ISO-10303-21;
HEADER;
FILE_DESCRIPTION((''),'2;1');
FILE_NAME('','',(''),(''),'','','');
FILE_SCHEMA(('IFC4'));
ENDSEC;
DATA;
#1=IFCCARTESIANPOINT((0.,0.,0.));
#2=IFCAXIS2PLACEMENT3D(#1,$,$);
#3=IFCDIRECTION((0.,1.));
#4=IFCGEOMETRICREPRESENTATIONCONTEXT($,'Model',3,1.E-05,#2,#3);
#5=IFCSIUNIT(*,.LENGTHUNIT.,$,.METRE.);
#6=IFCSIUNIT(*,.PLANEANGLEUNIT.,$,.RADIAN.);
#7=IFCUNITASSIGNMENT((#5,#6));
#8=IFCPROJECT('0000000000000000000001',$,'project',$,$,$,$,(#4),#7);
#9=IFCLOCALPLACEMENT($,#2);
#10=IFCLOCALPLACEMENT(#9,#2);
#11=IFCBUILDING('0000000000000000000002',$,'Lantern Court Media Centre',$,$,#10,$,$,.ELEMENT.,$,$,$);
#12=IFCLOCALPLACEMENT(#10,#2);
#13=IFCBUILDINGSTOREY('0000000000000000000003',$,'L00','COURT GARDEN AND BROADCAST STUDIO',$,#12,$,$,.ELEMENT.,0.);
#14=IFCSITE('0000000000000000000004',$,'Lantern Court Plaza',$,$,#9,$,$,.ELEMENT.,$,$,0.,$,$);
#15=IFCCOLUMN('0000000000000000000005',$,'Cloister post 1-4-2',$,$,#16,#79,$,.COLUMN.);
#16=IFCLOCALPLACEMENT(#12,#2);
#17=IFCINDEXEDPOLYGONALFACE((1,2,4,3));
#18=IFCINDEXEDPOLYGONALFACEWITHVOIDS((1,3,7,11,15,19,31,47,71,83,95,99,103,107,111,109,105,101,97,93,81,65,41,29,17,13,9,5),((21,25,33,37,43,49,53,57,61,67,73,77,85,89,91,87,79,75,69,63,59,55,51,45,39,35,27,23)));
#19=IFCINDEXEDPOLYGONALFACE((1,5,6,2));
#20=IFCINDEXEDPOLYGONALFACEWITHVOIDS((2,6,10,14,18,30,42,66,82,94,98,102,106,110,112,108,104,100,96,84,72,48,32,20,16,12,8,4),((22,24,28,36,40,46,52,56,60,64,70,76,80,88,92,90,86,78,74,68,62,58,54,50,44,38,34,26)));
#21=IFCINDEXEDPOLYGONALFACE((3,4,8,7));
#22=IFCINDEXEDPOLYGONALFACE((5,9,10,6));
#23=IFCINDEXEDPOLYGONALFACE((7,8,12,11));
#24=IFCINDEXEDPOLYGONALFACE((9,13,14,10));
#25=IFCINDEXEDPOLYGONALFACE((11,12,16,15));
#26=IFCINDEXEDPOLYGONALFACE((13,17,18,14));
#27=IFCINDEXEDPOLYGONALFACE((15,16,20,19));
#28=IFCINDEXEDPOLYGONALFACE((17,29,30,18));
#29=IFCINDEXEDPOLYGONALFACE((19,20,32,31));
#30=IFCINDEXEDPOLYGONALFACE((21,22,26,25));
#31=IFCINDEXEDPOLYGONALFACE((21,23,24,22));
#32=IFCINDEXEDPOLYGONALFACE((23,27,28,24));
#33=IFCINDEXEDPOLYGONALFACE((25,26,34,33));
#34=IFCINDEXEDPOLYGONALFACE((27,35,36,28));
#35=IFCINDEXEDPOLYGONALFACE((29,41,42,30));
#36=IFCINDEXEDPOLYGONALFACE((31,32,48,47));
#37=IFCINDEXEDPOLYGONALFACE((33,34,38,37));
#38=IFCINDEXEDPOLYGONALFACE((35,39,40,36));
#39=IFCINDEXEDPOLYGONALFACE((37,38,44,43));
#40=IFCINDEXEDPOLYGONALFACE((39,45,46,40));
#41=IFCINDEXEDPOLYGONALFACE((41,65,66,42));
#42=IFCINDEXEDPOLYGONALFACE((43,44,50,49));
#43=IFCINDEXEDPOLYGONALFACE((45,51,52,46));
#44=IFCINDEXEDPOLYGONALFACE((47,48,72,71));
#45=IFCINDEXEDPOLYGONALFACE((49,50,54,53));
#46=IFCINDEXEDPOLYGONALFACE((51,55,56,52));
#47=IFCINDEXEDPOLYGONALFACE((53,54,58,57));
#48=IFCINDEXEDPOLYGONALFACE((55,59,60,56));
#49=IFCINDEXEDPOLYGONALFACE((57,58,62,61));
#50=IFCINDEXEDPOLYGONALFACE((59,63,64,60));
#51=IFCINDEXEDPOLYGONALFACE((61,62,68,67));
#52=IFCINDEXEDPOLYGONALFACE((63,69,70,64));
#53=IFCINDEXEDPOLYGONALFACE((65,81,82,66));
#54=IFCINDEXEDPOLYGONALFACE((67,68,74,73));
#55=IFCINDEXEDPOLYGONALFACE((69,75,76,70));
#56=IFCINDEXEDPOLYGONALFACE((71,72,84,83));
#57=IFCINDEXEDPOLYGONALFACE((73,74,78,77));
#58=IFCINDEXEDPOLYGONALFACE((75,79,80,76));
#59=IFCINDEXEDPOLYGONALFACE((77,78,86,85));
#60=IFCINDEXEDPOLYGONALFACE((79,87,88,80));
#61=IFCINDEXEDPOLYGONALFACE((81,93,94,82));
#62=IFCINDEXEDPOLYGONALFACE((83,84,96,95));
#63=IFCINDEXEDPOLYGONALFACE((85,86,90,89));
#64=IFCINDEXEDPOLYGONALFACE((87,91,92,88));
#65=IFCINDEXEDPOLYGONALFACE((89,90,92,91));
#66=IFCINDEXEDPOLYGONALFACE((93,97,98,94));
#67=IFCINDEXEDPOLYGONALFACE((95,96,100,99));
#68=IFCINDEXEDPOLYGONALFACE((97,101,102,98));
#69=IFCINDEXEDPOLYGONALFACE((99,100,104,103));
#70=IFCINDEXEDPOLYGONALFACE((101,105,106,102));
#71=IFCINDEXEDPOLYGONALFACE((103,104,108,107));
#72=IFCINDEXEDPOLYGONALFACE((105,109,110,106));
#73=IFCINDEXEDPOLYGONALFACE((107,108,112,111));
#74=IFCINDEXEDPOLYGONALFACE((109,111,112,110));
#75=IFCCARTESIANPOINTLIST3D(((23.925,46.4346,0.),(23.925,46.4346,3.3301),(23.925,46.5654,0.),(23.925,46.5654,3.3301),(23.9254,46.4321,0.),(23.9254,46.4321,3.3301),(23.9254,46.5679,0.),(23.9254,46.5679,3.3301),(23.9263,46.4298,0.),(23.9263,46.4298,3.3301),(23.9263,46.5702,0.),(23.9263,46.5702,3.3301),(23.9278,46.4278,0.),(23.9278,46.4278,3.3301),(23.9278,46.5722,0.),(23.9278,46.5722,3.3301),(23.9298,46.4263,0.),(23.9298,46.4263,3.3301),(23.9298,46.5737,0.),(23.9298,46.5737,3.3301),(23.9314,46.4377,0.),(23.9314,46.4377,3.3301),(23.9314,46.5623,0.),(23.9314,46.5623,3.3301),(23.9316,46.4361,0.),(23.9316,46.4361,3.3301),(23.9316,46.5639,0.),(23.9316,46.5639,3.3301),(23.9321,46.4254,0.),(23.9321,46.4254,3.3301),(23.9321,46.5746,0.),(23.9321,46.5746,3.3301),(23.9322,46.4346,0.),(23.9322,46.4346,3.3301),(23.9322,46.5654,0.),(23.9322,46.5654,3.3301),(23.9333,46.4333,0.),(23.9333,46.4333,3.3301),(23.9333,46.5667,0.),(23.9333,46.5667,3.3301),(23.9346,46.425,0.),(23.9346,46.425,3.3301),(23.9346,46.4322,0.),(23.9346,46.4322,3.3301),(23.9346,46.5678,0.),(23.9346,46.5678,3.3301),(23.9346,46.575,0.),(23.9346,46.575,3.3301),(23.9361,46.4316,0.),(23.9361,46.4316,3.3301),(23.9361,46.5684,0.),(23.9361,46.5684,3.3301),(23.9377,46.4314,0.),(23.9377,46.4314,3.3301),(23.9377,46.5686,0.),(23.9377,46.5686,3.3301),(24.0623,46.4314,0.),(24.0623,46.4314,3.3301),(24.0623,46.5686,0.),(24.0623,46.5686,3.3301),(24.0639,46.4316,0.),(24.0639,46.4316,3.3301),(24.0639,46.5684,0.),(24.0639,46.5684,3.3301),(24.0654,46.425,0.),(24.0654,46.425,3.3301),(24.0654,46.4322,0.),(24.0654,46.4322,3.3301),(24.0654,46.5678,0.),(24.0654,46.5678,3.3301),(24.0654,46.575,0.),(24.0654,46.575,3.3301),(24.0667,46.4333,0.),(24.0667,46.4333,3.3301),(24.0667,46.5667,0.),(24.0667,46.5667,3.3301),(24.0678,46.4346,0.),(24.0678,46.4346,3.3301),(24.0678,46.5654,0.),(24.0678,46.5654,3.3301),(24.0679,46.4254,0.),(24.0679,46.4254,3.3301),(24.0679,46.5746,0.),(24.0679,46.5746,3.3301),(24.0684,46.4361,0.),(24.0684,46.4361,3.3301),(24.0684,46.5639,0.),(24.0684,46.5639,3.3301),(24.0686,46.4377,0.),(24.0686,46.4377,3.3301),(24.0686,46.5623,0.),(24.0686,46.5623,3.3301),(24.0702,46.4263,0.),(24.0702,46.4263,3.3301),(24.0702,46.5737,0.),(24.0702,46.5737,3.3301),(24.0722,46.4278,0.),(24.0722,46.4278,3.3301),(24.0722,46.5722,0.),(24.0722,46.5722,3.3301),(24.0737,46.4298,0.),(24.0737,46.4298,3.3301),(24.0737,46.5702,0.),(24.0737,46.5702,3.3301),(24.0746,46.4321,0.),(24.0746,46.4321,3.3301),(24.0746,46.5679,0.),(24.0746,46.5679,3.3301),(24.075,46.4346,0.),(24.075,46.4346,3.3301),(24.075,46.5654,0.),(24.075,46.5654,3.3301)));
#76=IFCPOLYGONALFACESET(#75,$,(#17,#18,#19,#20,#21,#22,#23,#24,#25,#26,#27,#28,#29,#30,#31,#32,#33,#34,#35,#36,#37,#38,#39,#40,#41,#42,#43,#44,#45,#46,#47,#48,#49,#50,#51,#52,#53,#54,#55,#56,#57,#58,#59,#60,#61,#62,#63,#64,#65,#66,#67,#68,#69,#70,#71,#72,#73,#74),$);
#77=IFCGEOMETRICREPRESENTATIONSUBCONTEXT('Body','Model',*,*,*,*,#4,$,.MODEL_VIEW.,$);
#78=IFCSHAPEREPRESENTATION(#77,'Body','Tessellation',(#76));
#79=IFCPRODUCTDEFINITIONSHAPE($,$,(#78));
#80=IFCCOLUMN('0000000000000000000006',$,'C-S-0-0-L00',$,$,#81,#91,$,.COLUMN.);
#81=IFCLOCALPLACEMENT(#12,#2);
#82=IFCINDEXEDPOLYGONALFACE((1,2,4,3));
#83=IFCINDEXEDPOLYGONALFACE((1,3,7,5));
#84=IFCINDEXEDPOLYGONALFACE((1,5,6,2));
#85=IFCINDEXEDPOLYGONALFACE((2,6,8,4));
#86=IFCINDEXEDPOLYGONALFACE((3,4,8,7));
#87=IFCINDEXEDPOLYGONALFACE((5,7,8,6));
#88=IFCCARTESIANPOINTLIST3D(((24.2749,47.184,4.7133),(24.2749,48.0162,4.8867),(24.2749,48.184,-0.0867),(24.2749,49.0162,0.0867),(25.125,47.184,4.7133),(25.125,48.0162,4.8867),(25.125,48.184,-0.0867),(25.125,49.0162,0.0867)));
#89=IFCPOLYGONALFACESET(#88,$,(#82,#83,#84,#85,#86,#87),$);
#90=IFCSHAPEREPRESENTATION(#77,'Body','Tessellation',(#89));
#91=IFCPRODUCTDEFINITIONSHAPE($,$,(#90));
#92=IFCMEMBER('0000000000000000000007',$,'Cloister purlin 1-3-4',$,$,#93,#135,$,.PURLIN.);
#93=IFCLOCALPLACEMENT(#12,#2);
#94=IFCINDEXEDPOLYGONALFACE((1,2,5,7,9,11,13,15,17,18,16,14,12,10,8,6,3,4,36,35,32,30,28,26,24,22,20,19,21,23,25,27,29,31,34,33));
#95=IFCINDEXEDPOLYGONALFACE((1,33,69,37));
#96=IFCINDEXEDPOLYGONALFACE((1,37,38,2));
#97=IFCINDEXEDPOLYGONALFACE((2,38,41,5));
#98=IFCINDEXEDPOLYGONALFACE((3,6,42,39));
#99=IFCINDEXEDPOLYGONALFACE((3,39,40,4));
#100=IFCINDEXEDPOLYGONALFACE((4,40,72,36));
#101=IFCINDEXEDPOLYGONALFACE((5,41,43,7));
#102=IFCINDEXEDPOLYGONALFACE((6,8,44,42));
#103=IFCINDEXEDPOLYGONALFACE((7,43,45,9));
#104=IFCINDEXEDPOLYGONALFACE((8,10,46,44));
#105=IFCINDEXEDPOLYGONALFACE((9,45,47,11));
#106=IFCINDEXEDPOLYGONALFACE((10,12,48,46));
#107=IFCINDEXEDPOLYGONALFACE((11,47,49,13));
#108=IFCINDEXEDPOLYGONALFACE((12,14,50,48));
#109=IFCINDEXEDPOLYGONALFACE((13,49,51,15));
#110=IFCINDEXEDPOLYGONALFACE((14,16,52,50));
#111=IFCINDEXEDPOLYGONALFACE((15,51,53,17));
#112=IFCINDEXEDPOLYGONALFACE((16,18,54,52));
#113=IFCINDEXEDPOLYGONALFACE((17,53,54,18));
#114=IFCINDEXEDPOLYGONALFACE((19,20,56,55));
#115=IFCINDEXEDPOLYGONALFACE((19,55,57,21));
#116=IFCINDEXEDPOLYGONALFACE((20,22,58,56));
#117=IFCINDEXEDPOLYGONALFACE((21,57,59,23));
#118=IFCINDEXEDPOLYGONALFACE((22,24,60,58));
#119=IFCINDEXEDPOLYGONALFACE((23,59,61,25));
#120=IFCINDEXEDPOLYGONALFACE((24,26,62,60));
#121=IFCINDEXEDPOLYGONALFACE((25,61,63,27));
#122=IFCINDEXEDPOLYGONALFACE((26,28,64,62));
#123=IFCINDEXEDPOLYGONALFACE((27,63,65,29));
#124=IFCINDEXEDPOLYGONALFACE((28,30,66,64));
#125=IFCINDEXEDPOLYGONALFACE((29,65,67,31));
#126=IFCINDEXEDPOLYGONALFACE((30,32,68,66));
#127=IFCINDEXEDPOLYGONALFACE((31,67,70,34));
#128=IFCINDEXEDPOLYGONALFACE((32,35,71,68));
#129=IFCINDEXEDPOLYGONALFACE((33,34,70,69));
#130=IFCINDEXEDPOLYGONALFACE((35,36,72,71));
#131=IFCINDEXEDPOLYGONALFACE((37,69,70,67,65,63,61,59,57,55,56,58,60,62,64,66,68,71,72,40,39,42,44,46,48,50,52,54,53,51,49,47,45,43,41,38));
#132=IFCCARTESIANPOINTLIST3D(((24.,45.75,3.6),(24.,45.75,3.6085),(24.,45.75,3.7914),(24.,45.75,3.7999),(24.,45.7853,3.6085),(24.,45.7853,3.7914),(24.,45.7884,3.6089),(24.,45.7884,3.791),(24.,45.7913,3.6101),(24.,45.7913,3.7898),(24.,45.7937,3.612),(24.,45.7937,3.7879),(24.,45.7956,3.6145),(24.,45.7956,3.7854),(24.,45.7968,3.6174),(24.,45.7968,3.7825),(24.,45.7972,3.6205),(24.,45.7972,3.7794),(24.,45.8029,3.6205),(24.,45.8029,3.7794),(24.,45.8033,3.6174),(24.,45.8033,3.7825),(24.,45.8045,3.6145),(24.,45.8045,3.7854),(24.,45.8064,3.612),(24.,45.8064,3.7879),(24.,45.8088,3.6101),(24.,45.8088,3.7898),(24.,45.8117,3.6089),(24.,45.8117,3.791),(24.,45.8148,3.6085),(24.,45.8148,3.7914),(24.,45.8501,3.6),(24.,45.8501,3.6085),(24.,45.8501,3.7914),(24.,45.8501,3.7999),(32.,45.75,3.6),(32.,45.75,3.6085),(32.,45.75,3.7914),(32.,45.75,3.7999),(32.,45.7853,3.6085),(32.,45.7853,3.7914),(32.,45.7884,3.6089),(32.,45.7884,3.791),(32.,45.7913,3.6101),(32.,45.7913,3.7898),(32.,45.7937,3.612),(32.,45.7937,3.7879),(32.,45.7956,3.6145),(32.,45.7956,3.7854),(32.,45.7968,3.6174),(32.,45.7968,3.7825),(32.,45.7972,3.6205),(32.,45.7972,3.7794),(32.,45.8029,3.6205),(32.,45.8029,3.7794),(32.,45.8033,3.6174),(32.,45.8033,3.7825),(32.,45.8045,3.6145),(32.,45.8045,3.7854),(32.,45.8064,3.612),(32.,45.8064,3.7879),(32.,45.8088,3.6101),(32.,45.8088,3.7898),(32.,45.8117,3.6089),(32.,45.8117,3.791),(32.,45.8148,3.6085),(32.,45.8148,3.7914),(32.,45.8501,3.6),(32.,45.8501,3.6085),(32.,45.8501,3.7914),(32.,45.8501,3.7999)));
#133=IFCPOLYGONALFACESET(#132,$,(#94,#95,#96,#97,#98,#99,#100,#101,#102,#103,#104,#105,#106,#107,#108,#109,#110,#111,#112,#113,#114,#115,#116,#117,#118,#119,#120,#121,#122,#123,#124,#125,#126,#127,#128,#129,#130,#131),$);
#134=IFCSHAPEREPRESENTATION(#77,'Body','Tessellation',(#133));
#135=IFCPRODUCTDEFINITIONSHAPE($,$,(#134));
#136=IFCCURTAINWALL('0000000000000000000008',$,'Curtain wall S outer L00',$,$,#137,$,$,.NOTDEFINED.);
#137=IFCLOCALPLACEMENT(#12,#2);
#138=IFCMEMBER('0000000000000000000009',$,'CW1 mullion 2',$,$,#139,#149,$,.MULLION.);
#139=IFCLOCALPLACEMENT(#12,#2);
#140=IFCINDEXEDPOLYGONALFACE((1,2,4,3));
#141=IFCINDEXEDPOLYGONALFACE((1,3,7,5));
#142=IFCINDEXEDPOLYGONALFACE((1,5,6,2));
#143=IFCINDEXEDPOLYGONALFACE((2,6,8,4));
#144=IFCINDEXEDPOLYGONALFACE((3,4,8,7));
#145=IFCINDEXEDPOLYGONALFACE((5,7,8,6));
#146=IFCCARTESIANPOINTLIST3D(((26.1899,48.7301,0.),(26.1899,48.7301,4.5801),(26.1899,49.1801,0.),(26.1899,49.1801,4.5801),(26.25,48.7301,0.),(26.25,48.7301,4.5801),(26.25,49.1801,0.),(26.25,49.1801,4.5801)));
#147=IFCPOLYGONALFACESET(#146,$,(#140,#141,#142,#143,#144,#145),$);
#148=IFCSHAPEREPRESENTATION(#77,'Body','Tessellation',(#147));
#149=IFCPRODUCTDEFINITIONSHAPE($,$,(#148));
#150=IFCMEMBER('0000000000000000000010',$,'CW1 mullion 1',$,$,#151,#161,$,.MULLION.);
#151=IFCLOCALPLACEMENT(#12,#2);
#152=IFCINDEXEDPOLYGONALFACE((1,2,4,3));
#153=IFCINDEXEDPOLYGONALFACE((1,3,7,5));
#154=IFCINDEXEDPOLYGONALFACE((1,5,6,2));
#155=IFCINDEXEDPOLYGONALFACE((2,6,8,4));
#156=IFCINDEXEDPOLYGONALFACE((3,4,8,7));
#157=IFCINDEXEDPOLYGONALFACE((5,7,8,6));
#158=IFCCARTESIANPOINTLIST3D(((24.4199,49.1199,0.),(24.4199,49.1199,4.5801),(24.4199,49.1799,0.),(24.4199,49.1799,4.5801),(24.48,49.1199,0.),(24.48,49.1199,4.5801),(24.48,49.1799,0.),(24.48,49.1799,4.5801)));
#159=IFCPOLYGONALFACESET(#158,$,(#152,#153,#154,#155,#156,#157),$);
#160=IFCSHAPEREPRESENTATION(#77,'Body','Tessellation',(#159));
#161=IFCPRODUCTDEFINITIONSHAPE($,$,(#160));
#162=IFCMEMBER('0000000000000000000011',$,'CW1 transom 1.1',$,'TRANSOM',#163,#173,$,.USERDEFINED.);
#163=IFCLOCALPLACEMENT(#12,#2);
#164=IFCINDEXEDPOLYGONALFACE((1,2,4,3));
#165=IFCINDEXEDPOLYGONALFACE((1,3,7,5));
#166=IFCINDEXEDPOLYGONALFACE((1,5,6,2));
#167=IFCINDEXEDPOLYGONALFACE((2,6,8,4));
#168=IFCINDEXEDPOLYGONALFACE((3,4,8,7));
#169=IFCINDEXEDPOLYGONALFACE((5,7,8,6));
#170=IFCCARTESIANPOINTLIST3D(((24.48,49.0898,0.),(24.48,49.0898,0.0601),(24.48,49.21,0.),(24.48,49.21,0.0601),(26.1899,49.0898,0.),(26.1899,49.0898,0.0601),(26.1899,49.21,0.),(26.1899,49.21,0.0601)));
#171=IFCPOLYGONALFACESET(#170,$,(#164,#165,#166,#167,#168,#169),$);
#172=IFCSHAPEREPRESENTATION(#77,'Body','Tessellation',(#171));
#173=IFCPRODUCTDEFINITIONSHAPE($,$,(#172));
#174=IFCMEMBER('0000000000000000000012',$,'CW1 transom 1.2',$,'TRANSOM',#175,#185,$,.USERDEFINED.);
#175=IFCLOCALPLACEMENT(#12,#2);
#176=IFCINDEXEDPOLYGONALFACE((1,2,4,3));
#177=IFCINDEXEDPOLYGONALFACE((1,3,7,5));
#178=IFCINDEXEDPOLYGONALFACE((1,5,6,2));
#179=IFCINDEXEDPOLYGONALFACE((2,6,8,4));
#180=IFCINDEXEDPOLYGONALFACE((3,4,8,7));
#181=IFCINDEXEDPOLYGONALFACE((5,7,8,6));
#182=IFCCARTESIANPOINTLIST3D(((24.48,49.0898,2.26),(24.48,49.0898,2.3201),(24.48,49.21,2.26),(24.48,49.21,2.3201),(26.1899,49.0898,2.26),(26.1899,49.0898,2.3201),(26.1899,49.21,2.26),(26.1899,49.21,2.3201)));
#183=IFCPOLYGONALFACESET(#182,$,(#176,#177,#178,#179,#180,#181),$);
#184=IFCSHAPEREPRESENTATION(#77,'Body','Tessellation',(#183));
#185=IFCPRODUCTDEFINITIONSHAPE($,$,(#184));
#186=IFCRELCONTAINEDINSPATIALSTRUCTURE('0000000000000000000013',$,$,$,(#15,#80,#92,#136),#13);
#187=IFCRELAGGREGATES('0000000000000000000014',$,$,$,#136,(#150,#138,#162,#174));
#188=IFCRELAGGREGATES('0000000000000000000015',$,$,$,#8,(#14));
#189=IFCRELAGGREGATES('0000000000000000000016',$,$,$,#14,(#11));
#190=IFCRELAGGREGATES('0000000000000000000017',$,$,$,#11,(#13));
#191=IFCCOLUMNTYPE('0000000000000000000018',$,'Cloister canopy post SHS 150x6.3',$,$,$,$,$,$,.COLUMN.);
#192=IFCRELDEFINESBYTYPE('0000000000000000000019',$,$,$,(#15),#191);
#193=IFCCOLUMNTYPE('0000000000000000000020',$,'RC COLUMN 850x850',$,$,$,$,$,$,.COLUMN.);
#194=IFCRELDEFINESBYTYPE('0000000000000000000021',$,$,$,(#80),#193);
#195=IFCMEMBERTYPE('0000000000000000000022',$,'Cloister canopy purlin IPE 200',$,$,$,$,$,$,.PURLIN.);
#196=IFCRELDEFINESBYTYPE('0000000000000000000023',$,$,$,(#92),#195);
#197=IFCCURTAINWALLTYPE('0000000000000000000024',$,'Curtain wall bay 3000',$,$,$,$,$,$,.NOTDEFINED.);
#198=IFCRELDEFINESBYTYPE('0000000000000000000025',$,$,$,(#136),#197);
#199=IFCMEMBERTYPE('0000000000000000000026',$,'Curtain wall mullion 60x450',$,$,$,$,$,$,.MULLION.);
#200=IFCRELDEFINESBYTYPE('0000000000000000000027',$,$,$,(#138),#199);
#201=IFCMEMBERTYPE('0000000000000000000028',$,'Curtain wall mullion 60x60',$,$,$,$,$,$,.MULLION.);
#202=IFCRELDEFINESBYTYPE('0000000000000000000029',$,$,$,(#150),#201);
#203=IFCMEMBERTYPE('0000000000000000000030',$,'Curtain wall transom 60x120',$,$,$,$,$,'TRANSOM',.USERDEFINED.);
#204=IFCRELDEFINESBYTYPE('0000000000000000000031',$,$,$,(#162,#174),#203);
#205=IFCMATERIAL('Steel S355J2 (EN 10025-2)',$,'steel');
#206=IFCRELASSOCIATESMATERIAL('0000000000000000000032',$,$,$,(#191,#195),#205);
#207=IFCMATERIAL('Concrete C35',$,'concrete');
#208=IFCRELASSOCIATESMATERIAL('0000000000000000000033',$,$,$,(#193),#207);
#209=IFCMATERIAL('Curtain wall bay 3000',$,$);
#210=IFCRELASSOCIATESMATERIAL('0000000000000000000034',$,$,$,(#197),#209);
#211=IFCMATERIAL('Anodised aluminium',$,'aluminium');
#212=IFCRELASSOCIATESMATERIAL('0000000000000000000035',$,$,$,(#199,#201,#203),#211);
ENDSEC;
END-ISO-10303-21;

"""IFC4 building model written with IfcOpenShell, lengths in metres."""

from ifc_helpers import new_model, si_unit, direction, frame, origin, origin_2d, place, context, subcontext, project, spatial, rectangle, hollow_rectangle, i_section, extrude, material, material_profile, profile_set, type_object, element, aggregate, save


model = new_model("IFC4")

# Units and contexts
model_context = context("Model", 3, precision=1e-05, world=origin(), true_north=direction((0.0, 1.0)))
body_context = subcontext(model_context, "Body", "Model", "MODEL_VIEW")
ifc_project = project(units=[si_unit("LENGTHUNIT", "METRE"), si_unit("PLANEANGLEUNIT", "RADIAN")], contexts=[model_context])

# Site, building, storey
site_placement = place(None, origin())
site = spatial("IfcSite", under=ifc_project, at=site_placement, Name="Lantern Court Plaza", CompositionType="ELEMENT", RefElevation=0.0)
building_placement = place(site_placement, origin())
building = spatial("IfcBuilding", under=site, at=building_placement, Name="Lantern Court Media Centre", CompositionType="ELEMENT")
storey_placement = place(building_placement, origin())
storey = spatial("IfcBuildingStorey", under=building, at=storey_placement, Name="L00", Description="COURT GARDEN AND BROADCAST STUDIO", CompositionType="ELEMENT", Elevation=0.0)

# Columns
ifc_material_1 = material(Name="Steel S355J2 (EN 10025-2)", Category="steel")
ifc_material_profile_1 = material_profile(ifc_material_1, hollow_rectangle(XDim=0.1499, YDim=0.1499, WallThickness=0.0063, InnerFilletRadius=0.0063, OuterFilletRadius=0.0095, at=origin_2d()), Name="Cloister canopy post SHS 150x6.3")
ifc_profile_set_1 = profile_set([ifc_material_profile_1], Name="Steel S355J2 (EN 10025-2)")
column_type_1 = type_object("IfcColumnType", Name="Cloister canopy post SHS 150x6.3", PredefinedType="COLUMN", material=ifc_profile_set_1)
column_1_placement = place(storey_placement, frame((24.0, 46.5, 0.0), z_axis=(0.0, 0.0, 1.0), x_axis=(1.0, 0.0, 0.0)))
element("IfcColumn", 1, at=column_1_placement, inside=storey, type_object=column_type_1, Name="Cloister post 1-4-2", PredefinedType="COLUMN", context=body_context, shape_type="SweptSolid", body=[
    extrude(hollow_rectangle(XDim=0.1499, YDim=0.1499, WallThickness=0.0063, InnerFilletRadius=0.0063, OuterFilletRadius=0.0095, at=origin_2d()), origin(), (0.0, 0.0, 1.0), 3.3301),
])
ifc_material_2 = material(Name="Concrete C35", Category="concrete")
ifc_material_profile_2 = material_profile(ifc_material_2, rectangle(XDim=0.8501, YDim=0.8501, at=origin_2d()), Name="RC 850x850")
ifc_profile_set_2 = profile_set([ifc_material_profile_2], Name="Concrete C35")
column_type_2 = type_object("IfcColumnType", Name="RC COLUMN 850x850", PredefinedType="COLUMN", material=ifc_profile_set_2)
column_2_placement = place(storey_placement, frame((24.7, 48.6001, 0.0), z_axis=(0.0, -0.203952, 0.978981), x_axis=(1.0, 0.0, 0.0)))
element("IfcColumn", 2, at=column_2_placement, inside=storey, type_object=column_type_2, Name="C-S-0-0-L00", PredefinedType="COLUMN", context=body_context, shape_type="SweptSolid", body=[
    extrude(rectangle(XDim=0.8501, YDim=0.8501, at=origin_2d()), origin(), (0.0, 0.0, 1.0), 4.9031),
])

# Member
ifc_material_profile_3 = material_profile(ifc_material_1, i_section(OverallWidth=0.1001, OverallDepth=0.2, WebThickness=0.0056, FlangeThickness=0.0085, FilletRadius=0.012, at=origin_2d()), Name="IPE 200")
ifc_profile_set_3 = profile_set([ifc_material_profile_3], Name="Steel S355J2 (EN 10025-2)")
member_type_1 = type_object("IfcMemberType", Name="Cloister canopy purlin IPE 200", PredefinedType="PURLIN", material=ifc_profile_set_3)
member_1_placement = place(storey_placement, frame((24.0, 45.8, 3.7), z_axis=(1.0, 0.0, 0.0), x_axis=(0.0, 1.0, 0.0)))
element("IfcMember", 3, at=member_1_placement, inside=storey, type_object=member_type_1, Name="Cloister purlin 1-3-4", PredefinedType="PURLIN", context=body_context, shape_type="SweptSolid", body=[
    extrude(i_section(OverallWidth=0.1001, OverallDepth=0.2, WebThickness=0.0056, FlangeThickness=0.0085, FilletRadius=0.012, at=origin_2d()), origin(), (0.0, 0.0, 1.0), 8.0),
])

# Curtain wall, members
ifc_material_3 = material(Name="Curtain wall bay 3000")
curtain_wall_type = type_object("IfcCurtainWallType", Name="Curtain wall bay 3000", PredefinedType="NOTDEFINED", material=ifc_material_3)
curtain_wall_placement = place(storey_placement, origin())
curtain_wall = element("IfcCurtainWall", 4, at=curtain_wall_placement, inside=storey, type_object=curtain_wall_type, Name="Curtain wall S outer L00", PredefinedType="NOTDEFINED")
ifc_material_4 = material(Name="Anodised aluminium", Category="aluminium")
ifc_material_profile_4 = material_profile(ifc_material_4, rectangle(XDim=0.45, YDim=0.0601, at=origin_2d()), Name="AL 60x450")
ifc_profile_set_4 = profile_set([ifc_material_profile_4], Name="Anodised aluminium")
member_type_2 = type_object("IfcMemberType", Name="Curtain wall mullion 60x450", PredefinedType="MULLION", material=ifc_profile_set_4)
member_2_placement = place(storey_placement, frame((26.22, 48.9551, 0.0), z_axis=(0.0, 0.0, 1.0), x_axis=(0.0, 1.0, 0.0)))
member_2 = element("IfcMember", 5, at=member_2_placement, type_object=member_type_2, Name="CW1 mullion 2", PredefinedType="MULLION", context=body_context, shape_type="SweptSolid", body=[
    extrude(rectangle(XDim=0.45, YDim=0.0601, at=origin_2d()), origin(), (0.0, 0.0, 1.0), 4.5801),
])
ifc_material_profile_5 = material_profile(ifc_material_4, rectangle(XDim=0.0601, YDim=0.0601, at=origin_2d()), Name="AL 60x60")
ifc_profile_set_5 = profile_set([ifc_material_profile_5], Name="Anodised aluminium")
member_type_3 = type_object("IfcMemberType", Name="Curtain wall mullion 60x60", PredefinedType="MULLION", material=ifc_profile_set_5)
member_3_placement = place(storey_placement, frame((24.45, 49.1499, 0.0), z_axis=(0.0, 0.0, 1.0), x_axis=(0.0, 1.0, 0.0)))
member_3 = element("IfcMember", 6, at=member_3_placement, type_object=member_type_3, Name="CW1 mullion 1", PredefinedType="MULLION", context=body_context, shape_type="SweptSolid", body=[
    extrude(rectangle(XDim=0.0601, YDim=0.0601, at=origin_2d()), origin(), (0.0, 0.0, 1.0), 4.5801),
])
ifc_material_profile_6 = material_profile(ifc_material_4, rectangle(XDim=0.1201, YDim=0.0601, at=origin_2d()), Name="AL 60x120")
ifc_profile_set_6 = profile_set([ifc_material_profile_6], Name="Anodised aluminium")
member_type_4 = type_object("IfcMemberType", Name="Curtain wall transom 60x120", ElementType="TRANSOM", PredefinedType="USERDEFINED", material=ifc_profile_set_6)
member_4_placement = place(storey_placement, frame((24.48, 49.1499, 0.03), z_axis=(1.0, 0.0, 0.0), x_axis=(0.0, 1.0, 0.0)))
member_4 = element("IfcMember", 7, at=member_4_placement, type_object=member_type_4, Name="CW1 transom 1.1", ObjectType="TRANSOM", PredefinedType="USERDEFINED", context=body_context, shape_type="SweptSolid", body=[
    extrude(rectangle(XDim=0.1201, YDim=0.0601, at=origin_2d()), origin(), (0.0, 0.0, 1.0), 1.71),
])
member_5_placement = place(storey_placement, frame((24.48, 49.1499, 2.29), z_axis=(1.0, 0.0, 0.0), x_axis=(0.0, 1.0, 0.0)))
member_5 = element("IfcMember", 8, at=member_5_placement, type_object=member_type_4, Name="CW1 transom 1.2", ObjectType="TRANSOM", PredefinedType="USERDEFINED", context=body_context, shape_type="SweptSolid", body=[
    extrude(rectangle(XDim=0.1201, YDim=0.0601, at=origin_2d()), origin(), (0.0, 0.0, 1.0), 1.71),
])

aggregate(curtain_wall, [member_3, member_2, member_4, member_5])

save(model, "model.ifc")
